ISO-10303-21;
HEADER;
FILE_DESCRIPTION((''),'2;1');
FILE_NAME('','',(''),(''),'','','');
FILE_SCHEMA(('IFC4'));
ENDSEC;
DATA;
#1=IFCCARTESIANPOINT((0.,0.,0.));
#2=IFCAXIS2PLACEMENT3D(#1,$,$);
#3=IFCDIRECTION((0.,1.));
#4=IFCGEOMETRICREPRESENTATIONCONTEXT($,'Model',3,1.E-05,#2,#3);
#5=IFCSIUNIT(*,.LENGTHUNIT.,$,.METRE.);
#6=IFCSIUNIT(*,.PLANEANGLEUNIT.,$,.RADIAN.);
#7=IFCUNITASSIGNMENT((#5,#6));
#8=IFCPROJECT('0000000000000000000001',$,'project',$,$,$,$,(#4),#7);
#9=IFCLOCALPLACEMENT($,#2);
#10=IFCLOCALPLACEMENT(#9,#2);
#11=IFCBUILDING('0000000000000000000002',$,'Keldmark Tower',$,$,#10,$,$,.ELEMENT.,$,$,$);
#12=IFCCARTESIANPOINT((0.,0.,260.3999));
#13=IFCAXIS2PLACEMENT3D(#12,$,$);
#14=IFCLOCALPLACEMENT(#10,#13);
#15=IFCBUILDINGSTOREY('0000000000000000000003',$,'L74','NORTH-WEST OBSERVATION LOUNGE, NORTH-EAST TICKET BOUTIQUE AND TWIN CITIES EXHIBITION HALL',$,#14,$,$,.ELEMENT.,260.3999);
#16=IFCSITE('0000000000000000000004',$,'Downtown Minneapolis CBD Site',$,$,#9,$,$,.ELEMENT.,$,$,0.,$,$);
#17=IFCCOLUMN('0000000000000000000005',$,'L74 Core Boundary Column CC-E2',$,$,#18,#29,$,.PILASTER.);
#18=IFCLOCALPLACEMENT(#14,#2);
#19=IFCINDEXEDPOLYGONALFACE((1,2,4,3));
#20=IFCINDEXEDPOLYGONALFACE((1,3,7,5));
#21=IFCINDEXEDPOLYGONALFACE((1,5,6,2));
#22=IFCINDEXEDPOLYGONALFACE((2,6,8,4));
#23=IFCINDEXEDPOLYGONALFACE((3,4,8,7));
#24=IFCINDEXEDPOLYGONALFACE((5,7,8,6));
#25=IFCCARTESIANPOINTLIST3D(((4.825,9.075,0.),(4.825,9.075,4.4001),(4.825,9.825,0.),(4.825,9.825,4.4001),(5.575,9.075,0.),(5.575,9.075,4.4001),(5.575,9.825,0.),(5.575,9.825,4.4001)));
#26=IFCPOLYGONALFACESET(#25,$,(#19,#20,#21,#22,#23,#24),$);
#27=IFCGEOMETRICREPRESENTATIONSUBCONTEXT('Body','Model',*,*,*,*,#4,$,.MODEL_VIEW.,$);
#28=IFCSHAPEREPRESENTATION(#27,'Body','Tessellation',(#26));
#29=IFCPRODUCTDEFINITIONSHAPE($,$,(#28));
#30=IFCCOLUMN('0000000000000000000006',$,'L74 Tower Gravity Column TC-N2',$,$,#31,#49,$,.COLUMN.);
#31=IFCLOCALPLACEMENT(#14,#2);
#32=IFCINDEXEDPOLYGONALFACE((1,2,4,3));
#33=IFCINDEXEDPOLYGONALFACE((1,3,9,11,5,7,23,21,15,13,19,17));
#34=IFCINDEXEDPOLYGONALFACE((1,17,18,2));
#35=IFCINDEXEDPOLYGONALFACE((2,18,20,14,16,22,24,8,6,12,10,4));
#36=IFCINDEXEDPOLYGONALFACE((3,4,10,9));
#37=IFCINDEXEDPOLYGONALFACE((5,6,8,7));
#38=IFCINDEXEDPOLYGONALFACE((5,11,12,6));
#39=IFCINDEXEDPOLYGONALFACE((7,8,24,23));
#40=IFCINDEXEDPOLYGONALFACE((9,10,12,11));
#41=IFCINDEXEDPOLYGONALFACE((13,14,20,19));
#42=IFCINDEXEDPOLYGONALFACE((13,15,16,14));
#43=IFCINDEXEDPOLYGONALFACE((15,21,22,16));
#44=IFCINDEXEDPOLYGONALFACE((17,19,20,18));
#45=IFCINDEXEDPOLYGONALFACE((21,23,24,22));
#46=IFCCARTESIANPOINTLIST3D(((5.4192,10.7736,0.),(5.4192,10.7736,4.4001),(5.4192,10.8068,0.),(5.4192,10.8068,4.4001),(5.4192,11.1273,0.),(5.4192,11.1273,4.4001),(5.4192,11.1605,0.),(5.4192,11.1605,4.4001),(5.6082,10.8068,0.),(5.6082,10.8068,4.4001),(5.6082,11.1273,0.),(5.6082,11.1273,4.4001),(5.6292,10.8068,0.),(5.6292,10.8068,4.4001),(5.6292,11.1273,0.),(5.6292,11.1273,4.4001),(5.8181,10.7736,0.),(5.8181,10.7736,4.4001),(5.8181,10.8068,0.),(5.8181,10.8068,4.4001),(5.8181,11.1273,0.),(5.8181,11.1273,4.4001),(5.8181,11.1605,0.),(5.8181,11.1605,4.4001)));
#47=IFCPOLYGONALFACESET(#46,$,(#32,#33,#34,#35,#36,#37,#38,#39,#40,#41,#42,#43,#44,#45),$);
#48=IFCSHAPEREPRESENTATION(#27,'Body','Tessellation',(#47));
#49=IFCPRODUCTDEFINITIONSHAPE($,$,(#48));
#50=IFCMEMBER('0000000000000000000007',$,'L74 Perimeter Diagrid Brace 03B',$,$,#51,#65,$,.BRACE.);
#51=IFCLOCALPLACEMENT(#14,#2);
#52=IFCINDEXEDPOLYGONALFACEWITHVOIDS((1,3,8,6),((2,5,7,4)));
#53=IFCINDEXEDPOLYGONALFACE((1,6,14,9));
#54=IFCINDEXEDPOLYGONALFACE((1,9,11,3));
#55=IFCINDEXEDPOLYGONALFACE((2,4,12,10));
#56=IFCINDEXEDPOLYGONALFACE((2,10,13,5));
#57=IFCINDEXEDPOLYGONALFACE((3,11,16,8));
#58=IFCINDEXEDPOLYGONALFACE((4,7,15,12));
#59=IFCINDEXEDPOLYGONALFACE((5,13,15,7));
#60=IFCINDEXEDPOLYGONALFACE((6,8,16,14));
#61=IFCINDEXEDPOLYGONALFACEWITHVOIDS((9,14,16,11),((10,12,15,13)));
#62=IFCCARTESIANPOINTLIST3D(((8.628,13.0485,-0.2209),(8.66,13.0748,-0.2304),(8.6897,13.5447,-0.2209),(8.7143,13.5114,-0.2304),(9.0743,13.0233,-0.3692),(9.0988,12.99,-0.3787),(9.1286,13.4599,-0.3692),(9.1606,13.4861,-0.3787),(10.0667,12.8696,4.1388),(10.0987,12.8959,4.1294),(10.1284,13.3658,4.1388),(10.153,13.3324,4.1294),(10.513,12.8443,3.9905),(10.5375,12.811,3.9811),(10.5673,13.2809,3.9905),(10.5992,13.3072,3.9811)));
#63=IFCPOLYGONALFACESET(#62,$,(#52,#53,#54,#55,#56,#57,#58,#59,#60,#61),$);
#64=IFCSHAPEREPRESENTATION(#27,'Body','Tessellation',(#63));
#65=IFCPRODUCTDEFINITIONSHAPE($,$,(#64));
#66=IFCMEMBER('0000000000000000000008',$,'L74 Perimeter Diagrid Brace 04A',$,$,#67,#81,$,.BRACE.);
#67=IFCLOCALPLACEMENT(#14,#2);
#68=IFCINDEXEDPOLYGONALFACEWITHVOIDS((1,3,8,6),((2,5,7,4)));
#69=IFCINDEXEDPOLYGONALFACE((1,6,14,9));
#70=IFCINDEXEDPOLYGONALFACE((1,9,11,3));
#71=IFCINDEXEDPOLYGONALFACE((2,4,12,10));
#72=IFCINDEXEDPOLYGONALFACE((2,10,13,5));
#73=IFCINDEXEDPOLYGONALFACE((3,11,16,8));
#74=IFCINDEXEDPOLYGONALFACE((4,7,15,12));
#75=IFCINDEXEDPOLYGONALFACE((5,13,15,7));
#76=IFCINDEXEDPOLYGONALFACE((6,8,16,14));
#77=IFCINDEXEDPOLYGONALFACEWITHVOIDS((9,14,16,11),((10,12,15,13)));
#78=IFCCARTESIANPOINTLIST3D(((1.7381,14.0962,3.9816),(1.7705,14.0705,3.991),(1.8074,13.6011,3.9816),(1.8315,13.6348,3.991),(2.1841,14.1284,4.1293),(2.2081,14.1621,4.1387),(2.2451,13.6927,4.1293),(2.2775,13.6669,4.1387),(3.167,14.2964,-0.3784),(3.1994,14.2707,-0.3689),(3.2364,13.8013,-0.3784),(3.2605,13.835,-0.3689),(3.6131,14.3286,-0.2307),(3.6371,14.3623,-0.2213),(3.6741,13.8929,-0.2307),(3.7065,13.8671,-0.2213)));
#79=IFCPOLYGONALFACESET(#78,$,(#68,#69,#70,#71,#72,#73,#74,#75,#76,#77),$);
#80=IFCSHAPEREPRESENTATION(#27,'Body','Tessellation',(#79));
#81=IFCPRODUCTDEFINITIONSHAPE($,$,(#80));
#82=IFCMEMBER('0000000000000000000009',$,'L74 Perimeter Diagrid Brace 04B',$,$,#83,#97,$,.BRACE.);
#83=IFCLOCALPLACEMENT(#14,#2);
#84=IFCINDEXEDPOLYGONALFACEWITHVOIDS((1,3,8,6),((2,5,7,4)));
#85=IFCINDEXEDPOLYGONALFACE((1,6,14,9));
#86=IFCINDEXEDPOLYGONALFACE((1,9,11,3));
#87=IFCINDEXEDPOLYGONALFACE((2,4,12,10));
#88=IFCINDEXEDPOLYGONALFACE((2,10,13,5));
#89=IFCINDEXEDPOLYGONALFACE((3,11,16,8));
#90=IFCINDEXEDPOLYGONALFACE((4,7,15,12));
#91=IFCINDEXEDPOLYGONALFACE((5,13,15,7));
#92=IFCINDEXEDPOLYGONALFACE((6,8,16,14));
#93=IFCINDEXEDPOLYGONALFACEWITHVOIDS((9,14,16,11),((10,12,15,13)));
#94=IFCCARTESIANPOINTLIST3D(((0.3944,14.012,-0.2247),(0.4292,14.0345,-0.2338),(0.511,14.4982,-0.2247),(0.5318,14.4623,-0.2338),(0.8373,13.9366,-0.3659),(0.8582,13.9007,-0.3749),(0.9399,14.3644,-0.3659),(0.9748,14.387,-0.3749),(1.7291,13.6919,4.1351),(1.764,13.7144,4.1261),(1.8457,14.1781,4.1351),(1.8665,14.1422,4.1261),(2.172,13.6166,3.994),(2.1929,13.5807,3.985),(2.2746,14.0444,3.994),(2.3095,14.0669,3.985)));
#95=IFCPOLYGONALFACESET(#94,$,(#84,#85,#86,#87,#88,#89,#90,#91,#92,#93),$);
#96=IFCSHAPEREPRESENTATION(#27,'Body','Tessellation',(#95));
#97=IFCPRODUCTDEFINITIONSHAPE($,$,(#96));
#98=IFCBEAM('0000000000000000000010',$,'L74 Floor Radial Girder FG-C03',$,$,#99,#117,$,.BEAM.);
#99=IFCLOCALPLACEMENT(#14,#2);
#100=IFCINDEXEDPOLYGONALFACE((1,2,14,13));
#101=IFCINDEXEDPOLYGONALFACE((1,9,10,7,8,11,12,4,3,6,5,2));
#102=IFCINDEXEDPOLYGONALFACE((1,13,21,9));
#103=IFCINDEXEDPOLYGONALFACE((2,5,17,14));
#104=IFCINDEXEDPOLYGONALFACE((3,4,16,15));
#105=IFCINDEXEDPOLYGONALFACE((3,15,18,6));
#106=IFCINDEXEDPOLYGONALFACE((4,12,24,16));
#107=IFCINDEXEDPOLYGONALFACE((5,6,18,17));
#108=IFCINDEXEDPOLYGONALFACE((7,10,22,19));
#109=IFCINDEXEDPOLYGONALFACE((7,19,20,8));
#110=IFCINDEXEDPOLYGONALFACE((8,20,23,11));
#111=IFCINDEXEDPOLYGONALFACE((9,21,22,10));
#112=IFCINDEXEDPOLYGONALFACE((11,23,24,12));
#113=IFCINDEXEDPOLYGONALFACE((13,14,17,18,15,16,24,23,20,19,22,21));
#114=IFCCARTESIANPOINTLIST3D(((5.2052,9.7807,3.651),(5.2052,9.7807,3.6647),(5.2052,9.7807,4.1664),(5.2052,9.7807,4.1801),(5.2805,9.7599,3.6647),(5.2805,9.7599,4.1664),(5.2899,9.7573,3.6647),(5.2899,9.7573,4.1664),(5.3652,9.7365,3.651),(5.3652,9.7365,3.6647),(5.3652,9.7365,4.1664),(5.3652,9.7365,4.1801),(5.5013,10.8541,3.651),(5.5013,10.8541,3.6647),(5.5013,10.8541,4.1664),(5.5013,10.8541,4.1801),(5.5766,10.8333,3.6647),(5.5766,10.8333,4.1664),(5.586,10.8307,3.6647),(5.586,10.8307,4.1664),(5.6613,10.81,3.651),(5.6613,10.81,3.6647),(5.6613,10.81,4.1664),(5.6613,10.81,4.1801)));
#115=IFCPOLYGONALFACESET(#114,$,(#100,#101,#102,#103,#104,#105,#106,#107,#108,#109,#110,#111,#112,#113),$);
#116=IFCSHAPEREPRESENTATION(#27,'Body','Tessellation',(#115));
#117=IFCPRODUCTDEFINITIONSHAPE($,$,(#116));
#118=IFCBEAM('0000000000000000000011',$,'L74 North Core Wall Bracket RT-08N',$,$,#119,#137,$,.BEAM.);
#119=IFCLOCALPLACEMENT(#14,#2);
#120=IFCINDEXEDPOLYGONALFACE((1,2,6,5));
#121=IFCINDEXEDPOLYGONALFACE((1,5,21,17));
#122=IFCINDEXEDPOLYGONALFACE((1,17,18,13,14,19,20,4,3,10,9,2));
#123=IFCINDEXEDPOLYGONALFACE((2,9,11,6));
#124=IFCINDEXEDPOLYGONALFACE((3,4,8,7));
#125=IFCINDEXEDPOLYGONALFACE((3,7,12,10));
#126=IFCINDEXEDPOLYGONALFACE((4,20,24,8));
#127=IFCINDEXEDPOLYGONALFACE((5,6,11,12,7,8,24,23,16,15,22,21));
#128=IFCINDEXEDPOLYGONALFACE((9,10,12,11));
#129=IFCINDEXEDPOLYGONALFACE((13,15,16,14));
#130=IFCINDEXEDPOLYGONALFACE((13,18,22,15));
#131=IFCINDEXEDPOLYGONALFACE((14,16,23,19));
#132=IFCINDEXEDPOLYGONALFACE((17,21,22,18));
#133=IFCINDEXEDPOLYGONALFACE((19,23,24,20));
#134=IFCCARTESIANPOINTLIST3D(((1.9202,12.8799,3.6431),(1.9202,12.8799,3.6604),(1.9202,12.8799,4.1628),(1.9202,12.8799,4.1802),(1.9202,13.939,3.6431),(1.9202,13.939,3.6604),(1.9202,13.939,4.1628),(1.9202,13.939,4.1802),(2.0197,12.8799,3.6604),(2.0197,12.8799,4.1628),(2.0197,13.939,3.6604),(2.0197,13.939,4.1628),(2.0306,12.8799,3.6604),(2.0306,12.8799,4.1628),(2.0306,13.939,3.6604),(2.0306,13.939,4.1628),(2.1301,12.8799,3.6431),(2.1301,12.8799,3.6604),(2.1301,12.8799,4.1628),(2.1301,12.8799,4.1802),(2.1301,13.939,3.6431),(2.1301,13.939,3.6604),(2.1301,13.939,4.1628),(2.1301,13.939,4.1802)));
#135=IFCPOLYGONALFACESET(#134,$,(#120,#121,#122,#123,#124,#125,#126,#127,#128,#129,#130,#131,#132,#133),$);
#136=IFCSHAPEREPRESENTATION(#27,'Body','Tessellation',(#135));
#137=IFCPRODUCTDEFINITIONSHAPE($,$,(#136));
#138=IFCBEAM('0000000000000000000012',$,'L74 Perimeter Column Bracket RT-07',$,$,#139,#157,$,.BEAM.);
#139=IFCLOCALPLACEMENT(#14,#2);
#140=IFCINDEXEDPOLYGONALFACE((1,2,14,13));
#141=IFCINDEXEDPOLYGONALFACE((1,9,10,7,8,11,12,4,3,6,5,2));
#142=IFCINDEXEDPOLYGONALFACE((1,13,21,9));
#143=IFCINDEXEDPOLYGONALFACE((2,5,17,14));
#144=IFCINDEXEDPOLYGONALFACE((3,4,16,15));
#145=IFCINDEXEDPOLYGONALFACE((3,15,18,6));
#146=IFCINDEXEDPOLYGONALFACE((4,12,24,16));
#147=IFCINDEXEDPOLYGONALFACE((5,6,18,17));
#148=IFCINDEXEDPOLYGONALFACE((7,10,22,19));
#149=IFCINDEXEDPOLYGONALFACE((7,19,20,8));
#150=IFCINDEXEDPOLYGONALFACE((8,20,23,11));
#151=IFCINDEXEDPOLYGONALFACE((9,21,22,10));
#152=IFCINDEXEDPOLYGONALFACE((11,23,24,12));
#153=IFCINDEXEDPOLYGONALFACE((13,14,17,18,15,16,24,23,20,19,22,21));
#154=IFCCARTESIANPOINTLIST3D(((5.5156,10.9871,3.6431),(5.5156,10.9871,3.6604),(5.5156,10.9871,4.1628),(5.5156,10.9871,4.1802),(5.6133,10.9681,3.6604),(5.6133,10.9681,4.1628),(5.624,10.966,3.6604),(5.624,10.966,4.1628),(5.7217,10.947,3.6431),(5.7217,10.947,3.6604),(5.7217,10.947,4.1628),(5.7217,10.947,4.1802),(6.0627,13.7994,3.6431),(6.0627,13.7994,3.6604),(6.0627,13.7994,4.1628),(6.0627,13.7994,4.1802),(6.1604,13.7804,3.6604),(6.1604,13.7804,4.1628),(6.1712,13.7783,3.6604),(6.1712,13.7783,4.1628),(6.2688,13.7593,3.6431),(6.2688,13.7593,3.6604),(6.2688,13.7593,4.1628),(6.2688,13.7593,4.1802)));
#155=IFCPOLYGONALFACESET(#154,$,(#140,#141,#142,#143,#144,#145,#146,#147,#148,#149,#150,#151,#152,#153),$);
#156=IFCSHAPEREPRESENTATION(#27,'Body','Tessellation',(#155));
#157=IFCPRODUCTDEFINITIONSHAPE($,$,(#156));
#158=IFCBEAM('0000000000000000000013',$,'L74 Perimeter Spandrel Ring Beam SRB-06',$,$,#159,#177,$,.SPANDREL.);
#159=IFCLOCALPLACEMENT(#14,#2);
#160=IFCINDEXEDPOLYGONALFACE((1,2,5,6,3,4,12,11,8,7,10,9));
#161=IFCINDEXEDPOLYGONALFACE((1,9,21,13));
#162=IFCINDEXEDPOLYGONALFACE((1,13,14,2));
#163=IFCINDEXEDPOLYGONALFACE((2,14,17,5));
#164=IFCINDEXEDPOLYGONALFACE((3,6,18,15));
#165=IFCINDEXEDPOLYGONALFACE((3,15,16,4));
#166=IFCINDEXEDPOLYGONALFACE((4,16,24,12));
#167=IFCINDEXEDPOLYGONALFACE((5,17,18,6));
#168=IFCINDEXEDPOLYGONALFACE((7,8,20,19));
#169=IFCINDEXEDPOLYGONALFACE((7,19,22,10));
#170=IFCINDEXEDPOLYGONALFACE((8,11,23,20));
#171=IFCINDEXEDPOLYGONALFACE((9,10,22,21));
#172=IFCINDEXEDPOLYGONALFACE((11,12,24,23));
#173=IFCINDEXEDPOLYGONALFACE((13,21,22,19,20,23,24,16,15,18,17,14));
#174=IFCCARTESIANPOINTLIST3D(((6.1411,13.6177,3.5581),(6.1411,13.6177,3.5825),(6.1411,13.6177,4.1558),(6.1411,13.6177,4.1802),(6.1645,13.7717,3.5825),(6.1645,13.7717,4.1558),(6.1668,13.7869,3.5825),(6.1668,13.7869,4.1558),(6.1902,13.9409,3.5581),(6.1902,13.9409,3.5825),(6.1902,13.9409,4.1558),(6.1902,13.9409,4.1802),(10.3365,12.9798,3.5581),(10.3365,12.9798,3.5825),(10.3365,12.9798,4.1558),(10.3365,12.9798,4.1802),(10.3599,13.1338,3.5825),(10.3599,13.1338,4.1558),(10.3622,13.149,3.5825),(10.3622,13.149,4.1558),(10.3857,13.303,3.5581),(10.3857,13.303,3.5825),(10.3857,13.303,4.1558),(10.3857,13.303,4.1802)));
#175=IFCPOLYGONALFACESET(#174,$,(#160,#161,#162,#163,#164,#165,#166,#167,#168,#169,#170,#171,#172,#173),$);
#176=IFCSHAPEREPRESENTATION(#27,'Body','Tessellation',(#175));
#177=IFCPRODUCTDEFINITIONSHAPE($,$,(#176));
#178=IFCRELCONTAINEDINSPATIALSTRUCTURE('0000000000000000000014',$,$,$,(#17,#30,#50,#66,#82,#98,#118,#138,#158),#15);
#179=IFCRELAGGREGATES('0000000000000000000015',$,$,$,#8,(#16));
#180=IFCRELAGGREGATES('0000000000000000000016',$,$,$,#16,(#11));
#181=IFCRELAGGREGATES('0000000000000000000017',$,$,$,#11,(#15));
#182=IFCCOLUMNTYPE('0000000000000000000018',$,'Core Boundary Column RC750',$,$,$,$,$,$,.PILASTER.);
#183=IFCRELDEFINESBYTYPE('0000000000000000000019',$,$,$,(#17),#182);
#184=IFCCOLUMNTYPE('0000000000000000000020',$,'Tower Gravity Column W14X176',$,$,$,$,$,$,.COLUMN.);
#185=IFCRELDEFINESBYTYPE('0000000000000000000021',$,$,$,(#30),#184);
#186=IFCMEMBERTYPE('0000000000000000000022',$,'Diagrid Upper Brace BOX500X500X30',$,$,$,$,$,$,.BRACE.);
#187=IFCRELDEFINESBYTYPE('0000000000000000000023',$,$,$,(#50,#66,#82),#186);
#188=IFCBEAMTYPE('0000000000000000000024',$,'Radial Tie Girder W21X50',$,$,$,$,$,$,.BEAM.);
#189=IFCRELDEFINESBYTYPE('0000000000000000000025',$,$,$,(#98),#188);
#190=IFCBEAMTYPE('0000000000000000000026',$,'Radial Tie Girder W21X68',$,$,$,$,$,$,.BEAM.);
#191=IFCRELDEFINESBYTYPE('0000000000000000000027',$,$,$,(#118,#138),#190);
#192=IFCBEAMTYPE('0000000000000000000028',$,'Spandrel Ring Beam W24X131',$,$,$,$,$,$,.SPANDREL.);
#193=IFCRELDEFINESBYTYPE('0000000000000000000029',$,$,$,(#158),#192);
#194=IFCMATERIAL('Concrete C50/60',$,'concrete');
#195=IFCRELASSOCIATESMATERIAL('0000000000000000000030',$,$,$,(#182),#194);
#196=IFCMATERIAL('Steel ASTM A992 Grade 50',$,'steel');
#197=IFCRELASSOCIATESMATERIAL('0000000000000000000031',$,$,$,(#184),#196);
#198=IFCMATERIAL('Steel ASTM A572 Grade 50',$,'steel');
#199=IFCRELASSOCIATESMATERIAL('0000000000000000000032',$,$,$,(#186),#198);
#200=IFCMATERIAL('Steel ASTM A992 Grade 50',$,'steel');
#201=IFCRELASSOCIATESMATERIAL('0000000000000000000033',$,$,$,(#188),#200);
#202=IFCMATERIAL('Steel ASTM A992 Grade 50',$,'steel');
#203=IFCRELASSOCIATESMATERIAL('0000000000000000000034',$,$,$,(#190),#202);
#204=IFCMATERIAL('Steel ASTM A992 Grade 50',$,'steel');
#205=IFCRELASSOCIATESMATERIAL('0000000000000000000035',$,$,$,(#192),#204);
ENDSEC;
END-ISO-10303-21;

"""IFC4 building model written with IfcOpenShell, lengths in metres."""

from ifc_helpers import new_model, si_unit, direction, frame, origin, origin_2d, place, context, subcontext, project, spatial, rectangle, hollow_rectangle, i_section, extrude, material, material_profile, profile_set, type_object, element, save


model = new_model("IFC4")

# Units and contexts
model_context = context("Model", 3, precision=1e-05, world=origin(), true_north=direction((0.0, 1.0)))
body_context = subcontext(model_context, "Body", "Model", "MODEL_VIEW")
ifc_project = project(units=[si_unit("LENGTHUNIT", "METRE"), si_unit("PLANEANGLEUNIT", "RADIAN")], contexts=[model_context])

# Site, building, storey
site_placement = place(None, origin())
site = spatial("IfcSite", under=ifc_project, at=site_placement, Name="Downtown Minneapolis CBD Site", CompositionType="ELEMENT", RefElevation=0.0)
building_placement = place(site_placement, origin())
building = spatial("IfcBuilding", under=site, at=building_placement, Name="Keldmark Tower", CompositionType="ELEMENT")
storey_placement = place(building_placement, frame((0.0, 0.0, 260.3999)))
storey = spatial("IfcBuildingStorey", under=building, at=storey_placement, Name="L74", Description="NORTH-WEST OBSERVATION LOUNGE, NORTH-EAST TICKET BOUTIQUE AND TWIN CITIES EXHIBITION HALL", CompositionType="ELEMENT", Elevation=260.3999)

# Columns
ifc_material_1 = material(Name="Concrete C50/60", Category="concrete")
ifc_material_profile_1 = material_profile(ifc_material_1, rectangle(XDim=0.75, YDim=0.75, at=origin_2d()), Name="RC750X750")
ifc_profile_set_1 = profile_set([ifc_material_profile_1], Name="Concrete C50/60")
column_type_1 = type_object("IfcColumnType", Name="Core Boundary Column RC750", PredefinedType="PILASTER", material=ifc_profile_set_1)
column_1_placement = place(storey_placement, frame((5.2, 9.45, 0.0), z_axis=(0.0, 0.0, 1.0), x_axis=(1.0, 0.0, 0.0)))
element("IfcColumn", 1, at=column_1_placement, inside=storey, type_object=column_type_1, Name="L74 Core Boundary Column CC-E2", PredefinedType="PILASTER", context=body_context, shape_type="SweptSolid", body=[
    extrude(rectangle(XDim=0.75, YDim=0.75, at=origin_2d()), origin(), (0.0, 0.0, 1.0), 4.4001),
])
ifc_material_2 = material(Name="Steel ASTM A992 Grade 50", Category="steel")
ifc_material_profile_2 = material_profile(ifc_material_2, i_section(OverallWidth=0.3989, OverallDepth=0.387, WebThickness=0.021, FlangeThickness=0.0332, at=origin_2d()), Name="W14X176")
ifc_profile_set_2 = profile_set([ifc_material_profile_2], Name="Steel ASTM A992 Grade 50")
column_type_2 = type_object("IfcColumnType", Name="Tower Gravity Column W14X176", PredefinedType="COLUMN", material=ifc_profile_set_2)
column_2_placement = place(storey_placement, frame((5.6187, 10.967, 0.0), z_axis=(0.0, 0.0, 1.0), x_axis=(1.0, 0.0, 0.0)))
element("IfcColumn", 2, at=column_2_placement, inside=storey, type_object=column_type_2, Name="L74 Tower Gravity Column TC-N2", PredefinedType="COLUMN", context=body_context, shape_type="SweptSolid", body=[
    extrude(i_section(OverallWidth=0.3989, OverallDepth=0.387, WebThickness=0.021, FlangeThickness=0.0332, at=origin_2d()), origin(), (0.0, 0.0, 1.0), 4.4001),
])

# Members
ifc_material_3 = material(Name="Steel ASTM A572 Grade 50", Category="steel")
ifc_material_profile_3 = material_profile(ifc_material_3, hollow_rectangle(XDim=0.5, YDim=0.5, WallThickness=0.03, at=origin_2d()), Name="BOX500X500X30")
ifc_profile_set_3 = profile_set([ifc_material_profile_3], Name="Steel ASTM A572 Grade 50")
member_type = type_object("IfcMemberType", Name="Diagrid Upper Brace BOX500X500X30", PredefinedType="BRACE", material=ifc_profile_set_3)
member_1_placement = place(storey_placement, frame((8.8943, 13.2673, -0.2998), z_axis=(0.313133, -0.038949, 0.94891), x_axis=(0.123434, 0.992353, 0.0)))
element("IfcMember", 3, at=member_1_placement, inside=storey, type_object=member_type, Name="L74 Perimeter Diagrid Brace 03B", PredefinedType="BRACE", context=body_context, shape_type="SweptSolid", body=[
    extrude(hollow_rectangle(XDim=0.5, YDim=0.5, WallThickness=0.03, at=origin_2d()), origin(), (0.0, 0.0, 1.0), 4.5945),
])
member_2_placement = place(storey_placement, frame((3.4368, 14.0818, -0.2998), z_axis=(-0.311155, -0.043592, 0.949359), x_axis=(0.138744, -0.990328, 0.0)))
element("IfcMember", 4, at=member_2_placement, inside=storey, type_object=member_type, Name="L74 Perimeter Diagrid Brace 04A", PredefinedType="BRACE", context=body_context, shape_type="SweptSolid", body=[
    extrude(hollow_rectangle(XDim=0.5, YDim=0.5, WallThickness=0.03, at=origin_2d()), origin(), (0.0, 0.0, 1.0), 4.5925),
])
member_3_placement = place(storey_placement, frame((0.6846, 14.1995, -0.2998), z_axis=(0.292009, -0.070024, 0.953849), x_axis=(0.233191, 0.972431, 0.0)))
element("IfcMember", 5, at=member_3_placement, inside=storey, type_object=member_type, Name="L74 Perimeter Diagrid Brace 04B", PredefinedType="BRACE", context=body_context, shape_type="SweptSolid", body=[
    extrude(hollow_rectangle(XDim=0.5, YDim=0.5, WallThickness=0.03, at=origin_2d()), origin(), (0.0, 0.0, 1.0), 4.5708),
])

# Beams
ifc_material_4 = material(Name="Steel ASTM A992 Grade 50", Category="steel")
ifc_material_profile_4 = material_profile(ifc_material_4, i_section(OverallWidth=0.166, OverallDepth=0.5291, WebThickness=0.0098, FlangeThickness=0.0137, at=origin_2d()), Name="W21X50")
ifc_profile_set_4 = profile_set([ifc_material_profile_4], Name="Steel ASTM A992 Grade 50")
beam_type_1 = type_object("IfcBeamType", Name="Radial Tie Girder W21X50", PredefinedType="BEAM", material=ifc_profile_set_4)
beam_1_placement = place(storey_placement, frame((5.5813, 10.832, 3.9155), z_axis=(-0.265936, -0.963991, 0.0), x_axis=(0.963991, -0.265936, 0.0)))
element("IfcBeam", 6, at=beam_1_placement, inside=storey, type_object=beam_type_1, Name="L74 Floor Radial Girder FG-C03", PredefinedType="BEAM", context=body_context, shape_type="SweptSolid", body=[
    extrude(i_section(OverallWidth=0.166, OverallDepth=0.5291, WebThickness=0.0098, FlangeThickness=0.0137, at=origin_2d()), origin(), (0.0, 0.0, 1.0), 1.1135),
])
ifc_material_5 = material(Name="Steel ASTM A992 Grade 50", Category="steel")
ifc_material_profile_5 = material_profile(ifc_material_5, i_section(OverallWidth=0.21, OverallDepth=0.5371, WebThickness=0.011, FlangeThickness=0.0173, at=origin_2d()), Name="W21X68")
ifc_profile_set_5 = profile_set([ifc_material_profile_5], Name="Steel ASTM A992 Grade 50")
beam_type_2 = type_object("IfcBeamType", Name="Radial Tie Girder W21X68", PredefinedType="BEAM", material=ifc_profile_set_5)
beam_2_placement = place(storey_placement, frame((2.0251, 12.8799, 3.9116), z_axis=(0.0, 1.0, 0.0), x_axis=(-1.0, 0.0, 0.0)))
element("IfcBeam", 7, at=beam_2_placement, inside=storey, type_object=beam_type_2, Name="L74 North Core Wall Bracket RT-08N", PredefinedType="BEAM", context=body_context, shape_type="SweptSolid", body=[
    extrude(i_section(OverallWidth=0.21, OverallDepth=0.5371, WebThickness=0.011, FlangeThickness=0.0173, at=origin_2d()), origin(), (0.0, 0.0, 1.0), 1.0591),
])
beam_3_placement = place(storey_placement, frame((5.6187, 10.967, 3.9116), z_axis=(0.190968, 0.981596, 0.0), x_axis=(-0.981596, 0.190968, 0.0)))
element("IfcBeam", 8, at=beam_3_placement, inside=storey, type_object=beam_type_2, Name="L74 Perimeter Column Bracket RT-07", PredefinedType="BEAM", context=body_context, shape_type="SweptSolid", body=[
    extrude(i_section(OverallWidth=0.21, OverallDepth=0.5371, WebThickness=0.011, FlangeThickness=0.0173, at=origin_2d()), origin(), (0.0, 0.0, 1.0), 2.865),
])
ifc_material_6 = material(Name="Steel ASTM A992 Grade 50", Category="steel")
ifc_material_profile_6 = material_profile(ifc_material_6, i_section(OverallWidth=0.3269, OverallDepth=0.6221, WebThickness=0.0154, FlangeThickness=0.0244, at=origin_2d()), Name="W24X131")
ifc_profile_set_6 = profile_set([ifc_material_profile_6], Name="Steel ASTM A992 Grade 50")
beam_type_3 = type_object("IfcBeamType", Name="Spandrel Ring Beam W24X131", PredefinedType="SPANDREL", material=ifc_profile_set_6)
beam_4_placement = place(storey_placement, frame((10.3611, 13.1414, 3.8691), z_axis=(-0.988636, 0.150332, 0.0), x_axis=(-0.150332, -0.988636, 0.0)))
element("IfcBeam", 9, at=beam_4_placement, inside=storey, type_object=beam_type_3, Name="L74 Perimeter Spandrel Ring Beam SRB-06", PredefinedType="SPANDREL", context=body_context, shape_type="SweptSolid", body=[
    extrude(i_section(OverallWidth=0.3269, OverallDepth=0.6221, WebThickness=0.0154, FlangeThickness=0.0244, at=origin_2d()), origin(), (0.0, 0.0, 1.0), 4.2437),
])

save(model, "model.ifc")
